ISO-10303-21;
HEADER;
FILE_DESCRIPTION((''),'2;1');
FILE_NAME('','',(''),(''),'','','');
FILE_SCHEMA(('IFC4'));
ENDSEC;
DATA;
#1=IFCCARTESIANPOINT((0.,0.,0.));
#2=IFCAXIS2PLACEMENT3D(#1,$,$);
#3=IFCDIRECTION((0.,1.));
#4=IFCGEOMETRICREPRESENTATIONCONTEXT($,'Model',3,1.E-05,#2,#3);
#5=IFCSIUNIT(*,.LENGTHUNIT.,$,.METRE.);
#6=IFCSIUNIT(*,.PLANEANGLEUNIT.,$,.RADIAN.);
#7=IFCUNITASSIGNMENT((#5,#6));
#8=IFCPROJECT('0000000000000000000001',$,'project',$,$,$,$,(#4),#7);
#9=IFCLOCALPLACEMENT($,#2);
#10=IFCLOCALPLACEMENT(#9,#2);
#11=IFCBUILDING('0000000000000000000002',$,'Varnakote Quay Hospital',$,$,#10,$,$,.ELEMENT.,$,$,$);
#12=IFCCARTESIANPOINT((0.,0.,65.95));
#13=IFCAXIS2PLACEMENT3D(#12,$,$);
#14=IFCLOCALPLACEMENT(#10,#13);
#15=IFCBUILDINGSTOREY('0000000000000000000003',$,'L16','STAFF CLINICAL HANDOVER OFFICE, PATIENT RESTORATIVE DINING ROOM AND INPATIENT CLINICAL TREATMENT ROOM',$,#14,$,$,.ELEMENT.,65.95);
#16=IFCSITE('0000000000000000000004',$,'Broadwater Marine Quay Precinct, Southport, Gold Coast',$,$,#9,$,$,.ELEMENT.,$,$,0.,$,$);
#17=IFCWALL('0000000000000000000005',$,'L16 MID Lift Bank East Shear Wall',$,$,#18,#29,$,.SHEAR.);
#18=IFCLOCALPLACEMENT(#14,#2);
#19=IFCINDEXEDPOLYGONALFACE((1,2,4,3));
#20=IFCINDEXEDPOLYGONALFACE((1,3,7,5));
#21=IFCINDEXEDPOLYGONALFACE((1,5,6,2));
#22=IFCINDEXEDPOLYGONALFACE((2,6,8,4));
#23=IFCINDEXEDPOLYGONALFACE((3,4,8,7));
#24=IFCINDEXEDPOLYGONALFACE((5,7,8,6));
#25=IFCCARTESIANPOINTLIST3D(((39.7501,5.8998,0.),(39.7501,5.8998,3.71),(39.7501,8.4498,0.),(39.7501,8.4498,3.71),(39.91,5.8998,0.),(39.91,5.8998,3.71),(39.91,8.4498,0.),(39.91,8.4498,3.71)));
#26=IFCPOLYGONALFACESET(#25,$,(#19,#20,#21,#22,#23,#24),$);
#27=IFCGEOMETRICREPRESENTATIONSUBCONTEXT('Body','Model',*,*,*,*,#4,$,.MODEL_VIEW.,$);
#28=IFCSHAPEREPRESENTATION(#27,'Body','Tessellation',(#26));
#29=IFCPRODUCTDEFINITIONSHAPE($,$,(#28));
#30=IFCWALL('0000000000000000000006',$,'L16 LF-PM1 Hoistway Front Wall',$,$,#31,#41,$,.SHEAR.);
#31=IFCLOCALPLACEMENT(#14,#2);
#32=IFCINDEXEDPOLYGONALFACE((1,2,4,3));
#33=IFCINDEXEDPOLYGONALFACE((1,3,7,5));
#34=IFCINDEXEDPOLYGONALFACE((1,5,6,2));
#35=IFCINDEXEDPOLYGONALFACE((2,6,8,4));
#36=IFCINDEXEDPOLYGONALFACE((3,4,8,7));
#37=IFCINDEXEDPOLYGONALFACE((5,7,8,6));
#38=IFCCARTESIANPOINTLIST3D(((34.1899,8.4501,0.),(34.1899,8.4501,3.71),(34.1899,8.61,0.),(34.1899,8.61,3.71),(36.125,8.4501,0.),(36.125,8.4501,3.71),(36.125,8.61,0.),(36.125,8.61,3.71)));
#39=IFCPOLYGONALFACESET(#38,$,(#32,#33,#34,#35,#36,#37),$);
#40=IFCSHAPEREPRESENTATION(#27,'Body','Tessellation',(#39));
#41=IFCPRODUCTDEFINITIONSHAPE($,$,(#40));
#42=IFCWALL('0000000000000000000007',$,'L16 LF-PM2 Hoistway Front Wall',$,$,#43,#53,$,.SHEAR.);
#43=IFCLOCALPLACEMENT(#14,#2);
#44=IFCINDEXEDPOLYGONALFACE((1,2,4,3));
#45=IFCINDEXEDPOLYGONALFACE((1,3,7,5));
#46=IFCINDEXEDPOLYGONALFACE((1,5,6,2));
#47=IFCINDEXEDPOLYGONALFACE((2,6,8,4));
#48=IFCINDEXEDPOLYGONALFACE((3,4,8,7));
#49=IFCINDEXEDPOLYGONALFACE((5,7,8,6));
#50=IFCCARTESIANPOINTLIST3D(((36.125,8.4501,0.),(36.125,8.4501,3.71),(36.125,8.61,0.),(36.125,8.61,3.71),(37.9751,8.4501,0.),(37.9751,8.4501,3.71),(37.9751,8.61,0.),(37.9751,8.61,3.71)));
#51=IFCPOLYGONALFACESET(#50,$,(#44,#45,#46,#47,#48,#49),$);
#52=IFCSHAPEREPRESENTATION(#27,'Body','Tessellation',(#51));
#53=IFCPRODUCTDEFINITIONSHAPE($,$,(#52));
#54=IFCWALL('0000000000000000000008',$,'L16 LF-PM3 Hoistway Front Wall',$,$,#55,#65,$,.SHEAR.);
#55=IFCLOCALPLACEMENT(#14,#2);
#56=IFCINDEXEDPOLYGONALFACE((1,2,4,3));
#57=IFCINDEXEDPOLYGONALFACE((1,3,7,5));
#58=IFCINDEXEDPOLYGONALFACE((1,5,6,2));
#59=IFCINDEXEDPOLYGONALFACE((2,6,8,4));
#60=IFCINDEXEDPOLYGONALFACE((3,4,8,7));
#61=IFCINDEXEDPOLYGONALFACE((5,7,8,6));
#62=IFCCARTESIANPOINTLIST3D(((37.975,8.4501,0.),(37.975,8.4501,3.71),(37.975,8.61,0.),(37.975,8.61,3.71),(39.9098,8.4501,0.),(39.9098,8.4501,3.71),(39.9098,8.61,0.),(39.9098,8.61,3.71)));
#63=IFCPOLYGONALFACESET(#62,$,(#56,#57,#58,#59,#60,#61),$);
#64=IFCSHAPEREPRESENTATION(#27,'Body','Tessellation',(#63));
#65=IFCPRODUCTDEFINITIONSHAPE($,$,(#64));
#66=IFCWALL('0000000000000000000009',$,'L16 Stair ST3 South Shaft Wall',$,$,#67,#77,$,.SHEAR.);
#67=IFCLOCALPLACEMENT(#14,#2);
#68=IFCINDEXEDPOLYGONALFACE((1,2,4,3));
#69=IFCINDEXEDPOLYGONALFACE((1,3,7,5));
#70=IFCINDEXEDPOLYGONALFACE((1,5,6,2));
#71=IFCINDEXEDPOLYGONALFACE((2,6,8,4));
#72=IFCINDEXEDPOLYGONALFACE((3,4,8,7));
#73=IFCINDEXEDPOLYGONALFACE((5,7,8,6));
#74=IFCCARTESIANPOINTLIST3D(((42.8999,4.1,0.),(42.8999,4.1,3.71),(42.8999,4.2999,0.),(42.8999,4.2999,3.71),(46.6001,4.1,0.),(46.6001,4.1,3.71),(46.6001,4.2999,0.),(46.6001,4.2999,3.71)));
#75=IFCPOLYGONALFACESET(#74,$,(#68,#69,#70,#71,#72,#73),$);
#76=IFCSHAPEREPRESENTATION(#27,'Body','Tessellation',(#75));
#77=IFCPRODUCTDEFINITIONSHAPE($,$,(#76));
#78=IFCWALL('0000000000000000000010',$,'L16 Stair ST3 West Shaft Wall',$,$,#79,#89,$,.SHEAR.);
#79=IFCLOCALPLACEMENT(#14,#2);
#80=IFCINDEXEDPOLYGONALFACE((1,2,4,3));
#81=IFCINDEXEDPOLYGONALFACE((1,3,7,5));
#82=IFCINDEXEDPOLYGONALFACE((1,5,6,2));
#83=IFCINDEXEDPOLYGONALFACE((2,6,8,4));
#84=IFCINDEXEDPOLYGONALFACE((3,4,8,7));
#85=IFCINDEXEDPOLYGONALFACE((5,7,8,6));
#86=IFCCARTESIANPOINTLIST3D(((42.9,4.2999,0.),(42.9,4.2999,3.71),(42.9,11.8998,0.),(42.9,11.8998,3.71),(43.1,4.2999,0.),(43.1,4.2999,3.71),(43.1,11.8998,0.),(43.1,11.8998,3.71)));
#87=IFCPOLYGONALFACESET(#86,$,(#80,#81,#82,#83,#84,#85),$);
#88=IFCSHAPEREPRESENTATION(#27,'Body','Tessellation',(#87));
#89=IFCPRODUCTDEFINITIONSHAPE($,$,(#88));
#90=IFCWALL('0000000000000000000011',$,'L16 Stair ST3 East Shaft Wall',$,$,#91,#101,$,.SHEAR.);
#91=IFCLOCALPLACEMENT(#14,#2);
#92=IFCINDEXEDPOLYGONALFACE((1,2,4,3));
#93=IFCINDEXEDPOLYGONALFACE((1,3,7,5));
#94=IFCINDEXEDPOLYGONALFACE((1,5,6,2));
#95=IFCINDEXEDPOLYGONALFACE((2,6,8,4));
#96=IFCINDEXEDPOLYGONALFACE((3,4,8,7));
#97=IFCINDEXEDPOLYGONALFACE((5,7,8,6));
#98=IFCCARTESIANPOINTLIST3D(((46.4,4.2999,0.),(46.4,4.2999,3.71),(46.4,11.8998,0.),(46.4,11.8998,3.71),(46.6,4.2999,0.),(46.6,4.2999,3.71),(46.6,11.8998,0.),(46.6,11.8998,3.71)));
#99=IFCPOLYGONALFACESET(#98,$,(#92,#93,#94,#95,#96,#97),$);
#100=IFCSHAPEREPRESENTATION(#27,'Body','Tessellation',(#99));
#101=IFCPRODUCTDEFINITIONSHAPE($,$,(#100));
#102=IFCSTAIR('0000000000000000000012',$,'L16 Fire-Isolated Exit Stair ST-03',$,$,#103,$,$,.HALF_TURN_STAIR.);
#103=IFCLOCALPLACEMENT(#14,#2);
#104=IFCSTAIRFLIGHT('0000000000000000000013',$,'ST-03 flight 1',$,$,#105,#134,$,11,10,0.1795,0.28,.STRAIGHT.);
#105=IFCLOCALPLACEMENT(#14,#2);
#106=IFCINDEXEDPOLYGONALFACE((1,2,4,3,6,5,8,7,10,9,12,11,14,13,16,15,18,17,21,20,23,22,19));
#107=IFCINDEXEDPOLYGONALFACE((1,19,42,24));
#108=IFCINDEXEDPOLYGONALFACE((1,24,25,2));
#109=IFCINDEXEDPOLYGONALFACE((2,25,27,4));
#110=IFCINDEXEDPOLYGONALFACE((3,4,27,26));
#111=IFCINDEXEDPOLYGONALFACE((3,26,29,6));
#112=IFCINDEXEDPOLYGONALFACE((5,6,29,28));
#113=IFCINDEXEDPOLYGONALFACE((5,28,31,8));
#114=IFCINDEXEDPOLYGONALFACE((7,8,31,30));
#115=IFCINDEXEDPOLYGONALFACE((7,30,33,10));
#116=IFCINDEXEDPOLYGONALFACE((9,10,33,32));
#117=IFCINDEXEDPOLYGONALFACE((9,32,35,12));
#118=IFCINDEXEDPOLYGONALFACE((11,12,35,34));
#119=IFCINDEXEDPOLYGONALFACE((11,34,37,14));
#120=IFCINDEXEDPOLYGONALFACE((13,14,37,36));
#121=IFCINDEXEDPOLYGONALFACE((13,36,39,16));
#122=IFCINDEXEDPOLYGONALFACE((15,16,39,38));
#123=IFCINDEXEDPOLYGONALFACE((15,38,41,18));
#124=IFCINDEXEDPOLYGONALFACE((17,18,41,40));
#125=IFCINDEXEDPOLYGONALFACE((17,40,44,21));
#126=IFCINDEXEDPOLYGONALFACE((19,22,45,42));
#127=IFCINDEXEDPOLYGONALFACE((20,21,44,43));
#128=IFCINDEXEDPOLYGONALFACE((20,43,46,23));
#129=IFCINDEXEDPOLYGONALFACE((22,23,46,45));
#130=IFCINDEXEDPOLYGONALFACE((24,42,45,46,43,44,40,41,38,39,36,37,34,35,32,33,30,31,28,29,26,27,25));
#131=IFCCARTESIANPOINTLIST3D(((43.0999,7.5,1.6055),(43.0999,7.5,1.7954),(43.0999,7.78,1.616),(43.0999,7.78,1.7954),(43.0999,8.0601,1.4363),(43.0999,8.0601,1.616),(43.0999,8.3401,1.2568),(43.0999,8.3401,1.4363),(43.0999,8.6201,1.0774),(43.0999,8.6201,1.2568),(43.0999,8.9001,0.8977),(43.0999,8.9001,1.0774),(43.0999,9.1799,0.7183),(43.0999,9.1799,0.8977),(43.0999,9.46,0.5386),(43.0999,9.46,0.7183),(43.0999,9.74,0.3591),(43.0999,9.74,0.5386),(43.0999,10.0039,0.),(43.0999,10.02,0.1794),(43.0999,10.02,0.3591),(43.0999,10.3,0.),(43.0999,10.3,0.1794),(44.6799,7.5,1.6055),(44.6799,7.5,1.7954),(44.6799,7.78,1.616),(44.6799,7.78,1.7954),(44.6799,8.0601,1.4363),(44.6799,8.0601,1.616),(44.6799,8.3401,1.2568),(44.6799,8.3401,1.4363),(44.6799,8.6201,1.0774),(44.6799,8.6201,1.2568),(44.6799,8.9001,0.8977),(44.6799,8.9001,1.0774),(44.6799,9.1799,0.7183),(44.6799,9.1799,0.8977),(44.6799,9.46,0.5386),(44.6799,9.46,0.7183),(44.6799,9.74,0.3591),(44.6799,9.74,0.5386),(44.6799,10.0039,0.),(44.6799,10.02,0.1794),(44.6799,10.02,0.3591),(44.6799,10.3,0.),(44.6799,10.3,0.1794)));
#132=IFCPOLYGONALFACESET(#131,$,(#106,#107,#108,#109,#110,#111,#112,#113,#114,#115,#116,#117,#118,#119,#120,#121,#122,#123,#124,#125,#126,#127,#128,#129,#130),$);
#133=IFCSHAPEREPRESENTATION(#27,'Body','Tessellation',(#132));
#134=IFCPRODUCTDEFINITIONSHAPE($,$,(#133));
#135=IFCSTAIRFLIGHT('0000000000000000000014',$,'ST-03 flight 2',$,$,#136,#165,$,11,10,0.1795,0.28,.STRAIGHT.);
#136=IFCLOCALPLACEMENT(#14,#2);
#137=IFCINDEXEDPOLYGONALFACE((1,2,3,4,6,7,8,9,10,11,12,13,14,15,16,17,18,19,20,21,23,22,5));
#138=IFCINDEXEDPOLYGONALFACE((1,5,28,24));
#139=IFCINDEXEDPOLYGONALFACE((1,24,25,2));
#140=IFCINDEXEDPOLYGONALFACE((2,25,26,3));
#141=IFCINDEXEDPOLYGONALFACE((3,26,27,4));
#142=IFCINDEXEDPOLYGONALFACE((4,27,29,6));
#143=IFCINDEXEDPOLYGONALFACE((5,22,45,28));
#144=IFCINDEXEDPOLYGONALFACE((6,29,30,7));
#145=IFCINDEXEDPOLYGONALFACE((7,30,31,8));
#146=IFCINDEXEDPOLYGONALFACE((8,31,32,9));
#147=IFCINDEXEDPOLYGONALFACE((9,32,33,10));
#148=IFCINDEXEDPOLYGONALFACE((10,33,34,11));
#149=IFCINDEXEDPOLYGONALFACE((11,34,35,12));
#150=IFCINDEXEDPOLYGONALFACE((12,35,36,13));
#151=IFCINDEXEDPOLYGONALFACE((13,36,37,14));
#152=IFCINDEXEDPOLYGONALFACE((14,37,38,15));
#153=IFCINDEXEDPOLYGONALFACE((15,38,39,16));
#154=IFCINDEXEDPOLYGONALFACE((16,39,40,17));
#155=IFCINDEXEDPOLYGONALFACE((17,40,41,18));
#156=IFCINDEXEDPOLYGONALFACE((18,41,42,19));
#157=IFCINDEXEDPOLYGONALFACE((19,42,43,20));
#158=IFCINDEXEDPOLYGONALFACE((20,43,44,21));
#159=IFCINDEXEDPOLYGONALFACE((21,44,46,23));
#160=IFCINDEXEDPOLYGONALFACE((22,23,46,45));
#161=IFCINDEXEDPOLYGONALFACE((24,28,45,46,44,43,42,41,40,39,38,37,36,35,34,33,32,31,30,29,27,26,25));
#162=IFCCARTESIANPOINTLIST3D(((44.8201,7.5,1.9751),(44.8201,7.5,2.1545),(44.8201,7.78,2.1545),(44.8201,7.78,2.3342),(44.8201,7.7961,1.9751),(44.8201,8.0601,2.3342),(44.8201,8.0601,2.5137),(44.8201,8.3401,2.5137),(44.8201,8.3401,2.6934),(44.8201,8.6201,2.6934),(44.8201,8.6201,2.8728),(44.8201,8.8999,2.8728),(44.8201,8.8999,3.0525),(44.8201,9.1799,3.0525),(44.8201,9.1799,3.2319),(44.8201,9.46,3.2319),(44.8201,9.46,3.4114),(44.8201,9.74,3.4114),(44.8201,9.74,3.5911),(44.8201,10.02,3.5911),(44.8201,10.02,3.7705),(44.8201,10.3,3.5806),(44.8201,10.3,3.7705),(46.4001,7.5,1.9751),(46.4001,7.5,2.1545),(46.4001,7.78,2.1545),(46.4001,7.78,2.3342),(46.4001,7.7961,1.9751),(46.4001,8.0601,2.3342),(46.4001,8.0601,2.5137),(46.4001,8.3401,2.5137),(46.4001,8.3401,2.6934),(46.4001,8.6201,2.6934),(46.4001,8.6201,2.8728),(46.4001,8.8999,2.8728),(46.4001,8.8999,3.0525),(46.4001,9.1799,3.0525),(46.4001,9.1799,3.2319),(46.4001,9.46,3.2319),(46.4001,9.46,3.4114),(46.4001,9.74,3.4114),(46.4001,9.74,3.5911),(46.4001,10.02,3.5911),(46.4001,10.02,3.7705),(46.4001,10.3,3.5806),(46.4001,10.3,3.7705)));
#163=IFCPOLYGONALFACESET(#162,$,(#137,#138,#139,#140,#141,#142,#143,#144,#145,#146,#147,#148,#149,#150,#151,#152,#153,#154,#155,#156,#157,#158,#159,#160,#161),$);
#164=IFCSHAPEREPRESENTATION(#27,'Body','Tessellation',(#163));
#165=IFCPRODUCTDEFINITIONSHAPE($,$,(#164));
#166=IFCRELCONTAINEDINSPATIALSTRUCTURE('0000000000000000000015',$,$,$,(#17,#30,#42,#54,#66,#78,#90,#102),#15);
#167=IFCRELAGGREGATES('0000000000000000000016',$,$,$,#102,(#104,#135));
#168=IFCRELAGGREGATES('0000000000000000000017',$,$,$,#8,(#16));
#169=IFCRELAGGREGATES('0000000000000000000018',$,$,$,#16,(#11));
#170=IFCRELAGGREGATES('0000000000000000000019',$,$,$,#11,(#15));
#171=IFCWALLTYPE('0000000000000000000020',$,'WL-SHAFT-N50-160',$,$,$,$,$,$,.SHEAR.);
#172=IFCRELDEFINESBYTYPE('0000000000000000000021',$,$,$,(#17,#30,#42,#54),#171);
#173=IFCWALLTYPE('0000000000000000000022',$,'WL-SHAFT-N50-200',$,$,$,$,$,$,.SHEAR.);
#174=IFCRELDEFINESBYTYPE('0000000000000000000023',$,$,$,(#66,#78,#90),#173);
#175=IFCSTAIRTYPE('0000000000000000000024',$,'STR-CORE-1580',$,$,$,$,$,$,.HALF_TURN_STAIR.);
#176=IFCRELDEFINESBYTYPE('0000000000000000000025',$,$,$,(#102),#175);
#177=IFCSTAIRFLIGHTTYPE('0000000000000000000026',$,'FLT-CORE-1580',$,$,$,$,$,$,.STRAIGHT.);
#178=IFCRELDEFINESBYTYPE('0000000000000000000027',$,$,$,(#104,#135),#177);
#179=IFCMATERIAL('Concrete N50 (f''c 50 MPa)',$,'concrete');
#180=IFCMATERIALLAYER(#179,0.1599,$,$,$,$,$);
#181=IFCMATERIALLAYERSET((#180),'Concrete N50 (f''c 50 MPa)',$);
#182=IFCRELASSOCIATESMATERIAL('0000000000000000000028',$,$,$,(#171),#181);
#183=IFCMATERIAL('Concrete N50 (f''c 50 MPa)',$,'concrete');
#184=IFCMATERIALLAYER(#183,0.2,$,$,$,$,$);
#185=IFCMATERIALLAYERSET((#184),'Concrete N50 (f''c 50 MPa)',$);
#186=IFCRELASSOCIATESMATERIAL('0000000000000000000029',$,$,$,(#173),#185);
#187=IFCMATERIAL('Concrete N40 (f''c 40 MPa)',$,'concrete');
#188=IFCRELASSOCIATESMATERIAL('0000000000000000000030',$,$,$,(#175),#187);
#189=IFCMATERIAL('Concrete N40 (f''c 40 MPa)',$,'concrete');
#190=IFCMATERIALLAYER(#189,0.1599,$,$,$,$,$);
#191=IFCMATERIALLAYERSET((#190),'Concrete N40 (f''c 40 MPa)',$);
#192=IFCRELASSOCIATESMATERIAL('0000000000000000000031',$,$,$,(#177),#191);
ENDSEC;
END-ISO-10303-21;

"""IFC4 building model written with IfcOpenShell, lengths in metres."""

from ifc_helpers import new_model, si_unit, direction, frame, frame_2d, origin, place, context, subcontext, project, spatial, polyline, rectangle, outline, extrude, material, layer, layer_set, type_object, element, aggregate, save


model = new_model("IFC4")

# Units and contexts
model_context = context("Model", 3, precision=1e-05, world=origin(), true_north=direction((0.0, 1.0)))
body_context = subcontext(model_context, "Body", "Model", "MODEL_VIEW")
ifc_project = project(units=[si_unit("LENGTHUNIT", "METRE"), si_unit("PLANEANGLEUNIT", "RADIAN")], contexts=[model_context])

# Site, building, storey
site_placement = place(None, origin())
site = spatial("IfcSite", under=ifc_project, at=site_placement, Name="Broadwater Marine Quay Precinct, Southport, Gold Coast", CompositionType="ELEMENT", RefElevation=0.0)
building_placement = place(site_placement, origin())
building = spatial("IfcBuilding", under=site, at=building_placement, Name="Varnakote Quay Hospital", CompositionType="ELEMENT")
storey_placement = place(building_placement, frame((0.0, 0.0, 65.95)))
storey = spatial("IfcBuildingStorey", under=building, at=storey_placement, Name="L16", Description="STAFF CLINICAL HANDOVER OFFICE, PATIENT RESTORATIVE DINING ROOM AND INPATIENT CLINICAL TREATMENT ROOM", CompositionType="ELEMENT", Elevation=65.95)

# Walls
ifc_material_1 = material(Name="Concrete N50 (f'c 50 MPa)", Category="concrete")
ifc_layer_1 = layer(ifc_material_1, 0.1599)
ifc_layer_set_1 = layer_set([ifc_layer_1], Name="Concrete N50 (f'c 50 MPa)")
wall_type_1 = type_object("IfcWallType", Name="WL-SHAFT-N50-160", PredefinedType="SHEAR", material=ifc_layer_set_1)
for number, where, z_axis, x_axis, name in (
    (1, (39.8301, 5.8999, 0.0), (0.0, 0.0, 1.0), (0.0, 1.0, 0.0), "L16 MID Lift Bank East Shear Wall"),
):
    element("IfcWall", number, at=place(storey_placement, frame(where, z_axis=z_axis, x_axis=x_axis)), inside=storey, type_object=wall_type_1, Name=name, PredefinedType="SHEAR", context=body_context, shape_type="SweptSolid", body=[
        extrude(rectangle(XDim=2.55, YDim=0.1599, at=frame_2d((1.2749, 0.0))), origin(), (0.0, 0.0, 1.0), 3.71),
    ])
wall_1_placement = place(storey_placement, frame((34.1899, 8.53, 0.0), z_axis=(0.0, 0.0, 1.0), x_axis=(1.0, 0.0, 0.0)))
element("IfcWall", 2, at=wall_1_placement, inside=storey, type_object=wall_type_1, Name="L16 LF-PM1 Hoistway Front Wall", PredefinedType="SHEAR", context=body_context, shape_type="SweptSolid", body=[
    extrude(rectangle(XDim=1.9351, YDim=0.1599, at=frame_2d((0.9675, 0.0))), origin(), (0.0, 0.0, 1.0), 3.71),
])
wall_2_placement = place(storey_placement, frame((36.125, 8.53, 0.0), z_axis=(0.0, 0.0, 1.0), x_axis=(1.0, 0.0, 0.0)))
element("IfcWall", 3, at=wall_2_placement, inside=storey, type_object=wall_type_1, Name="L16 LF-PM2 Hoistway Front Wall", PredefinedType="SHEAR", context=body_context, shape_type="SweptSolid", body=[
    extrude(rectangle(XDim=1.8501, YDim=0.1599, at=frame_2d((0.925, 0.0))), origin(), (0.0, 0.0, 1.0), 3.71),
])
wall_3_placement = place(storey_placement, frame((37.9751, 8.53, 0.0), z_axis=(0.0, 0.0, 1.0), x_axis=(1.0, 0.0, 0.0)))
element("IfcWall", 4, at=wall_3_placement, inside=storey, type_object=wall_type_1, Name="L16 LF-PM3 Hoistway Front Wall", PredefinedType="SHEAR", context=body_context, shape_type="SweptSolid", body=[
    extrude(rectangle(XDim=1.9348, YDim=0.1599, at=frame_2d((0.9673, 0.0))), origin(), (0.0, 0.0, 1.0), 3.71),
])
ifc_material_2 = material(Name="Concrete N50 (f'c 50 MPa)", Category="concrete")
ifc_layer_2 = layer(ifc_material_2, 0.2)
ifc_layer_set_2 = layer_set([ifc_layer_2], Name="Concrete N50 (f'c 50 MPa)")
wall_type_2 = type_object("IfcWallType", Name="WL-SHAFT-N50-200", PredefinedType="SHEAR", material=ifc_layer_set_2)
wall_4_placement = place(storey_placement, frame((42.8999, 4.2, 0.0), z_axis=(0.0, 0.0, 1.0), x_axis=(1.0, 0.0, 0.0)))
element("IfcWall", 5, at=wall_4_placement, inside=storey, type_object=wall_type_2, Name="L16 Stair ST3 South Shaft Wall", PredefinedType="SHEAR", context=body_context, shape_type="SweptSolid", body=[
    extrude(rectangle(XDim=3.7002, YDim=0.2, at=frame_2d((1.8501, 0.0))), origin(), (0.0, 0.0, 1.0), 3.71),
])
for number, where, z_axis, x_axis, name in (
    (6, (43.0, 4.3, 0.0), (0.0, 0.0, 1.0), (0.0, 1.0, 0.0), "L16 Stair ST3 West Shaft Wall"),
    (7, (46.5, 4.3, 0.0), (0.0, 0.0, 1.0), (0.0, 1.0, 0.0), "L16 Stair ST3 East Shaft Wall"),
):
    element("IfcWall", number, at=place(storey_placement, frame(where, z_axis=z_axis, x_axis=x_axis)), inside=storey, type_object=wall_type_2, Name=name, PredefinedType="SHEAR", context=body_context, shape_type="SweptSolid", body=[
        extrude(rectangle(XDim=7.5999, YDim=0.2, at=frame_2d((3.7998, 0.0))), origin(), (0.0, 0.0, 1.0), 3.71),
    ])

# Stair, stair flights
ifc_material_3 = material(Name="Concrete N40 (f'c 40 MPa)", Category="concrete")
stair_type = type_object("IfcStairType", Name="STR-CORE-1580", PredefinedType="HALF_TURN_STAIR", material=ifc_material_3)
stair_placement = place(storey_placement, origin())
stair = element("IfcStair", 8, at=stair_placement, inside=storey, type_object=stair_type, Name="L16 Fire-Isolated Exit Stair ST-03", PredefinedType="HALF_TURN_STAIR")
ifc_material_4 = material(Name="Concrete N40 (f'c 40 MPa)", Category="concrete")
ifc_layer_3 = layer(ifc_material_4, 0.1599)
ifc_layer_set_3 = layer_set([ifc_layer_3], Name="Concrete N40 (f'c 40 MPa)")
stair_flight_type = type_object("IfcStairFlightType", Name="FLT-CORE-1580", PredefinedType="STRAIGHT", material=ifc_layer_set_3)
stair_flight_1_placement = place(storey_placement, frame((43.8899, 10.3, 0.0), z_axis=(0.0, 0.0, 1.0), x_axis=(0.0, -1.0, 0.0)))
stair_flight_1 = element("IfcStairFlight", 9, at=stair_flight_1_placement, type_object=stair_flight_type, Name="ST-03 flight 1", NumberOfRisers=11, NumberOfTreads=10, PredefinedType="STRAIGHT", RiserHeight=0.1795, TreadLength=0.28, context=body_context, shape_type="SweptSolid", body=[
    extrude(outline(polyline([(0.0, 0.0), (0.0, 0.1794), (0.28, 0.1794), (0.28, 0.3591), (0.5601, 0.3591), (0.5601, 0.5386), (0.8401, 0.5386), (0.8401, 0.7183), (1.1201, 0.7183), (1.1201, 0.8977), (1.3999, 0.8977), (1.3999, 1.0774), (1.6799, 1.0774), (1.6799, 1.2568), (1.96, 1.2568), (1.96, 1.4363), (2.24, 1.4363), (2.24, 1.616), (2.52, 1.616), (2.52, 1.7954), (2.8, 1.7954), (2.8, 1.9751), (2.8, 1.6055), (0.2961, 0.0), (0.0, 0.0)])), frame((0.0, 0.79, 0.0), z_axis=(0.0, -1.0, 0.0), x_axis=(1.0, 0.0, 0.0)), (0.0, 0.0, 1.0), 1.5801),
])
stair_flight_2_placement = place(storey_placement, frame((45.6101, 7.5, 1.9751), z_axis=(0.0, 0.0, 1.0), x_axis=(0.0, 1.0, 0.0)))
stair_flight_2 = element("IfcStairFlight", 10, at=stair_flight_2_placement, type_object=stair_flight_type, Name="ST-03 flight 2", NumberOfRisers=11, NumberOfTreads=10, PredefinedType="STRAIGHT", RiserHeight=0.1795, TreadLength=0.28, context=body_context, shape_type="SweptSolid", body=[
    extrude(outline(polyline([(0.0, 0.0), (0.0, 0.1794), (0.28, 0.1794), (0.28, 0.3591), (0.5601, 0.3591), (0.5601, 0.5386), (0.8401, 0.5386), (0.8401, 0.7183), (1.1201, 0.7183), (1.1201, 0.8977), (1.3999, 0.8977), (1.3999, 1.0774), (1.6799, 1.0774), (1.6799, 1.2568), (1.96, 1.2568), (1.96, 1.4363), (2.24, 1.4363), (2.24, 1.616), (2.52, 1.616), (2.52, 1.7954), (2.8, 1.7954), (2.8, 1.9751), (2.8, 1.6055), (0.2961, 0.0), (0.0, 0.0)])), frame((0.0, 0.79, 0.0), z_axis=(0.0, -1.0, 0.0), x_axis=(1.0, 0.0, 0.0)), (0.0, 0.0, 1.0), 1.5801),
])
aggregate(stair, [stair_flight_1, stair_flight_2])

save(model, "model.ifc")
